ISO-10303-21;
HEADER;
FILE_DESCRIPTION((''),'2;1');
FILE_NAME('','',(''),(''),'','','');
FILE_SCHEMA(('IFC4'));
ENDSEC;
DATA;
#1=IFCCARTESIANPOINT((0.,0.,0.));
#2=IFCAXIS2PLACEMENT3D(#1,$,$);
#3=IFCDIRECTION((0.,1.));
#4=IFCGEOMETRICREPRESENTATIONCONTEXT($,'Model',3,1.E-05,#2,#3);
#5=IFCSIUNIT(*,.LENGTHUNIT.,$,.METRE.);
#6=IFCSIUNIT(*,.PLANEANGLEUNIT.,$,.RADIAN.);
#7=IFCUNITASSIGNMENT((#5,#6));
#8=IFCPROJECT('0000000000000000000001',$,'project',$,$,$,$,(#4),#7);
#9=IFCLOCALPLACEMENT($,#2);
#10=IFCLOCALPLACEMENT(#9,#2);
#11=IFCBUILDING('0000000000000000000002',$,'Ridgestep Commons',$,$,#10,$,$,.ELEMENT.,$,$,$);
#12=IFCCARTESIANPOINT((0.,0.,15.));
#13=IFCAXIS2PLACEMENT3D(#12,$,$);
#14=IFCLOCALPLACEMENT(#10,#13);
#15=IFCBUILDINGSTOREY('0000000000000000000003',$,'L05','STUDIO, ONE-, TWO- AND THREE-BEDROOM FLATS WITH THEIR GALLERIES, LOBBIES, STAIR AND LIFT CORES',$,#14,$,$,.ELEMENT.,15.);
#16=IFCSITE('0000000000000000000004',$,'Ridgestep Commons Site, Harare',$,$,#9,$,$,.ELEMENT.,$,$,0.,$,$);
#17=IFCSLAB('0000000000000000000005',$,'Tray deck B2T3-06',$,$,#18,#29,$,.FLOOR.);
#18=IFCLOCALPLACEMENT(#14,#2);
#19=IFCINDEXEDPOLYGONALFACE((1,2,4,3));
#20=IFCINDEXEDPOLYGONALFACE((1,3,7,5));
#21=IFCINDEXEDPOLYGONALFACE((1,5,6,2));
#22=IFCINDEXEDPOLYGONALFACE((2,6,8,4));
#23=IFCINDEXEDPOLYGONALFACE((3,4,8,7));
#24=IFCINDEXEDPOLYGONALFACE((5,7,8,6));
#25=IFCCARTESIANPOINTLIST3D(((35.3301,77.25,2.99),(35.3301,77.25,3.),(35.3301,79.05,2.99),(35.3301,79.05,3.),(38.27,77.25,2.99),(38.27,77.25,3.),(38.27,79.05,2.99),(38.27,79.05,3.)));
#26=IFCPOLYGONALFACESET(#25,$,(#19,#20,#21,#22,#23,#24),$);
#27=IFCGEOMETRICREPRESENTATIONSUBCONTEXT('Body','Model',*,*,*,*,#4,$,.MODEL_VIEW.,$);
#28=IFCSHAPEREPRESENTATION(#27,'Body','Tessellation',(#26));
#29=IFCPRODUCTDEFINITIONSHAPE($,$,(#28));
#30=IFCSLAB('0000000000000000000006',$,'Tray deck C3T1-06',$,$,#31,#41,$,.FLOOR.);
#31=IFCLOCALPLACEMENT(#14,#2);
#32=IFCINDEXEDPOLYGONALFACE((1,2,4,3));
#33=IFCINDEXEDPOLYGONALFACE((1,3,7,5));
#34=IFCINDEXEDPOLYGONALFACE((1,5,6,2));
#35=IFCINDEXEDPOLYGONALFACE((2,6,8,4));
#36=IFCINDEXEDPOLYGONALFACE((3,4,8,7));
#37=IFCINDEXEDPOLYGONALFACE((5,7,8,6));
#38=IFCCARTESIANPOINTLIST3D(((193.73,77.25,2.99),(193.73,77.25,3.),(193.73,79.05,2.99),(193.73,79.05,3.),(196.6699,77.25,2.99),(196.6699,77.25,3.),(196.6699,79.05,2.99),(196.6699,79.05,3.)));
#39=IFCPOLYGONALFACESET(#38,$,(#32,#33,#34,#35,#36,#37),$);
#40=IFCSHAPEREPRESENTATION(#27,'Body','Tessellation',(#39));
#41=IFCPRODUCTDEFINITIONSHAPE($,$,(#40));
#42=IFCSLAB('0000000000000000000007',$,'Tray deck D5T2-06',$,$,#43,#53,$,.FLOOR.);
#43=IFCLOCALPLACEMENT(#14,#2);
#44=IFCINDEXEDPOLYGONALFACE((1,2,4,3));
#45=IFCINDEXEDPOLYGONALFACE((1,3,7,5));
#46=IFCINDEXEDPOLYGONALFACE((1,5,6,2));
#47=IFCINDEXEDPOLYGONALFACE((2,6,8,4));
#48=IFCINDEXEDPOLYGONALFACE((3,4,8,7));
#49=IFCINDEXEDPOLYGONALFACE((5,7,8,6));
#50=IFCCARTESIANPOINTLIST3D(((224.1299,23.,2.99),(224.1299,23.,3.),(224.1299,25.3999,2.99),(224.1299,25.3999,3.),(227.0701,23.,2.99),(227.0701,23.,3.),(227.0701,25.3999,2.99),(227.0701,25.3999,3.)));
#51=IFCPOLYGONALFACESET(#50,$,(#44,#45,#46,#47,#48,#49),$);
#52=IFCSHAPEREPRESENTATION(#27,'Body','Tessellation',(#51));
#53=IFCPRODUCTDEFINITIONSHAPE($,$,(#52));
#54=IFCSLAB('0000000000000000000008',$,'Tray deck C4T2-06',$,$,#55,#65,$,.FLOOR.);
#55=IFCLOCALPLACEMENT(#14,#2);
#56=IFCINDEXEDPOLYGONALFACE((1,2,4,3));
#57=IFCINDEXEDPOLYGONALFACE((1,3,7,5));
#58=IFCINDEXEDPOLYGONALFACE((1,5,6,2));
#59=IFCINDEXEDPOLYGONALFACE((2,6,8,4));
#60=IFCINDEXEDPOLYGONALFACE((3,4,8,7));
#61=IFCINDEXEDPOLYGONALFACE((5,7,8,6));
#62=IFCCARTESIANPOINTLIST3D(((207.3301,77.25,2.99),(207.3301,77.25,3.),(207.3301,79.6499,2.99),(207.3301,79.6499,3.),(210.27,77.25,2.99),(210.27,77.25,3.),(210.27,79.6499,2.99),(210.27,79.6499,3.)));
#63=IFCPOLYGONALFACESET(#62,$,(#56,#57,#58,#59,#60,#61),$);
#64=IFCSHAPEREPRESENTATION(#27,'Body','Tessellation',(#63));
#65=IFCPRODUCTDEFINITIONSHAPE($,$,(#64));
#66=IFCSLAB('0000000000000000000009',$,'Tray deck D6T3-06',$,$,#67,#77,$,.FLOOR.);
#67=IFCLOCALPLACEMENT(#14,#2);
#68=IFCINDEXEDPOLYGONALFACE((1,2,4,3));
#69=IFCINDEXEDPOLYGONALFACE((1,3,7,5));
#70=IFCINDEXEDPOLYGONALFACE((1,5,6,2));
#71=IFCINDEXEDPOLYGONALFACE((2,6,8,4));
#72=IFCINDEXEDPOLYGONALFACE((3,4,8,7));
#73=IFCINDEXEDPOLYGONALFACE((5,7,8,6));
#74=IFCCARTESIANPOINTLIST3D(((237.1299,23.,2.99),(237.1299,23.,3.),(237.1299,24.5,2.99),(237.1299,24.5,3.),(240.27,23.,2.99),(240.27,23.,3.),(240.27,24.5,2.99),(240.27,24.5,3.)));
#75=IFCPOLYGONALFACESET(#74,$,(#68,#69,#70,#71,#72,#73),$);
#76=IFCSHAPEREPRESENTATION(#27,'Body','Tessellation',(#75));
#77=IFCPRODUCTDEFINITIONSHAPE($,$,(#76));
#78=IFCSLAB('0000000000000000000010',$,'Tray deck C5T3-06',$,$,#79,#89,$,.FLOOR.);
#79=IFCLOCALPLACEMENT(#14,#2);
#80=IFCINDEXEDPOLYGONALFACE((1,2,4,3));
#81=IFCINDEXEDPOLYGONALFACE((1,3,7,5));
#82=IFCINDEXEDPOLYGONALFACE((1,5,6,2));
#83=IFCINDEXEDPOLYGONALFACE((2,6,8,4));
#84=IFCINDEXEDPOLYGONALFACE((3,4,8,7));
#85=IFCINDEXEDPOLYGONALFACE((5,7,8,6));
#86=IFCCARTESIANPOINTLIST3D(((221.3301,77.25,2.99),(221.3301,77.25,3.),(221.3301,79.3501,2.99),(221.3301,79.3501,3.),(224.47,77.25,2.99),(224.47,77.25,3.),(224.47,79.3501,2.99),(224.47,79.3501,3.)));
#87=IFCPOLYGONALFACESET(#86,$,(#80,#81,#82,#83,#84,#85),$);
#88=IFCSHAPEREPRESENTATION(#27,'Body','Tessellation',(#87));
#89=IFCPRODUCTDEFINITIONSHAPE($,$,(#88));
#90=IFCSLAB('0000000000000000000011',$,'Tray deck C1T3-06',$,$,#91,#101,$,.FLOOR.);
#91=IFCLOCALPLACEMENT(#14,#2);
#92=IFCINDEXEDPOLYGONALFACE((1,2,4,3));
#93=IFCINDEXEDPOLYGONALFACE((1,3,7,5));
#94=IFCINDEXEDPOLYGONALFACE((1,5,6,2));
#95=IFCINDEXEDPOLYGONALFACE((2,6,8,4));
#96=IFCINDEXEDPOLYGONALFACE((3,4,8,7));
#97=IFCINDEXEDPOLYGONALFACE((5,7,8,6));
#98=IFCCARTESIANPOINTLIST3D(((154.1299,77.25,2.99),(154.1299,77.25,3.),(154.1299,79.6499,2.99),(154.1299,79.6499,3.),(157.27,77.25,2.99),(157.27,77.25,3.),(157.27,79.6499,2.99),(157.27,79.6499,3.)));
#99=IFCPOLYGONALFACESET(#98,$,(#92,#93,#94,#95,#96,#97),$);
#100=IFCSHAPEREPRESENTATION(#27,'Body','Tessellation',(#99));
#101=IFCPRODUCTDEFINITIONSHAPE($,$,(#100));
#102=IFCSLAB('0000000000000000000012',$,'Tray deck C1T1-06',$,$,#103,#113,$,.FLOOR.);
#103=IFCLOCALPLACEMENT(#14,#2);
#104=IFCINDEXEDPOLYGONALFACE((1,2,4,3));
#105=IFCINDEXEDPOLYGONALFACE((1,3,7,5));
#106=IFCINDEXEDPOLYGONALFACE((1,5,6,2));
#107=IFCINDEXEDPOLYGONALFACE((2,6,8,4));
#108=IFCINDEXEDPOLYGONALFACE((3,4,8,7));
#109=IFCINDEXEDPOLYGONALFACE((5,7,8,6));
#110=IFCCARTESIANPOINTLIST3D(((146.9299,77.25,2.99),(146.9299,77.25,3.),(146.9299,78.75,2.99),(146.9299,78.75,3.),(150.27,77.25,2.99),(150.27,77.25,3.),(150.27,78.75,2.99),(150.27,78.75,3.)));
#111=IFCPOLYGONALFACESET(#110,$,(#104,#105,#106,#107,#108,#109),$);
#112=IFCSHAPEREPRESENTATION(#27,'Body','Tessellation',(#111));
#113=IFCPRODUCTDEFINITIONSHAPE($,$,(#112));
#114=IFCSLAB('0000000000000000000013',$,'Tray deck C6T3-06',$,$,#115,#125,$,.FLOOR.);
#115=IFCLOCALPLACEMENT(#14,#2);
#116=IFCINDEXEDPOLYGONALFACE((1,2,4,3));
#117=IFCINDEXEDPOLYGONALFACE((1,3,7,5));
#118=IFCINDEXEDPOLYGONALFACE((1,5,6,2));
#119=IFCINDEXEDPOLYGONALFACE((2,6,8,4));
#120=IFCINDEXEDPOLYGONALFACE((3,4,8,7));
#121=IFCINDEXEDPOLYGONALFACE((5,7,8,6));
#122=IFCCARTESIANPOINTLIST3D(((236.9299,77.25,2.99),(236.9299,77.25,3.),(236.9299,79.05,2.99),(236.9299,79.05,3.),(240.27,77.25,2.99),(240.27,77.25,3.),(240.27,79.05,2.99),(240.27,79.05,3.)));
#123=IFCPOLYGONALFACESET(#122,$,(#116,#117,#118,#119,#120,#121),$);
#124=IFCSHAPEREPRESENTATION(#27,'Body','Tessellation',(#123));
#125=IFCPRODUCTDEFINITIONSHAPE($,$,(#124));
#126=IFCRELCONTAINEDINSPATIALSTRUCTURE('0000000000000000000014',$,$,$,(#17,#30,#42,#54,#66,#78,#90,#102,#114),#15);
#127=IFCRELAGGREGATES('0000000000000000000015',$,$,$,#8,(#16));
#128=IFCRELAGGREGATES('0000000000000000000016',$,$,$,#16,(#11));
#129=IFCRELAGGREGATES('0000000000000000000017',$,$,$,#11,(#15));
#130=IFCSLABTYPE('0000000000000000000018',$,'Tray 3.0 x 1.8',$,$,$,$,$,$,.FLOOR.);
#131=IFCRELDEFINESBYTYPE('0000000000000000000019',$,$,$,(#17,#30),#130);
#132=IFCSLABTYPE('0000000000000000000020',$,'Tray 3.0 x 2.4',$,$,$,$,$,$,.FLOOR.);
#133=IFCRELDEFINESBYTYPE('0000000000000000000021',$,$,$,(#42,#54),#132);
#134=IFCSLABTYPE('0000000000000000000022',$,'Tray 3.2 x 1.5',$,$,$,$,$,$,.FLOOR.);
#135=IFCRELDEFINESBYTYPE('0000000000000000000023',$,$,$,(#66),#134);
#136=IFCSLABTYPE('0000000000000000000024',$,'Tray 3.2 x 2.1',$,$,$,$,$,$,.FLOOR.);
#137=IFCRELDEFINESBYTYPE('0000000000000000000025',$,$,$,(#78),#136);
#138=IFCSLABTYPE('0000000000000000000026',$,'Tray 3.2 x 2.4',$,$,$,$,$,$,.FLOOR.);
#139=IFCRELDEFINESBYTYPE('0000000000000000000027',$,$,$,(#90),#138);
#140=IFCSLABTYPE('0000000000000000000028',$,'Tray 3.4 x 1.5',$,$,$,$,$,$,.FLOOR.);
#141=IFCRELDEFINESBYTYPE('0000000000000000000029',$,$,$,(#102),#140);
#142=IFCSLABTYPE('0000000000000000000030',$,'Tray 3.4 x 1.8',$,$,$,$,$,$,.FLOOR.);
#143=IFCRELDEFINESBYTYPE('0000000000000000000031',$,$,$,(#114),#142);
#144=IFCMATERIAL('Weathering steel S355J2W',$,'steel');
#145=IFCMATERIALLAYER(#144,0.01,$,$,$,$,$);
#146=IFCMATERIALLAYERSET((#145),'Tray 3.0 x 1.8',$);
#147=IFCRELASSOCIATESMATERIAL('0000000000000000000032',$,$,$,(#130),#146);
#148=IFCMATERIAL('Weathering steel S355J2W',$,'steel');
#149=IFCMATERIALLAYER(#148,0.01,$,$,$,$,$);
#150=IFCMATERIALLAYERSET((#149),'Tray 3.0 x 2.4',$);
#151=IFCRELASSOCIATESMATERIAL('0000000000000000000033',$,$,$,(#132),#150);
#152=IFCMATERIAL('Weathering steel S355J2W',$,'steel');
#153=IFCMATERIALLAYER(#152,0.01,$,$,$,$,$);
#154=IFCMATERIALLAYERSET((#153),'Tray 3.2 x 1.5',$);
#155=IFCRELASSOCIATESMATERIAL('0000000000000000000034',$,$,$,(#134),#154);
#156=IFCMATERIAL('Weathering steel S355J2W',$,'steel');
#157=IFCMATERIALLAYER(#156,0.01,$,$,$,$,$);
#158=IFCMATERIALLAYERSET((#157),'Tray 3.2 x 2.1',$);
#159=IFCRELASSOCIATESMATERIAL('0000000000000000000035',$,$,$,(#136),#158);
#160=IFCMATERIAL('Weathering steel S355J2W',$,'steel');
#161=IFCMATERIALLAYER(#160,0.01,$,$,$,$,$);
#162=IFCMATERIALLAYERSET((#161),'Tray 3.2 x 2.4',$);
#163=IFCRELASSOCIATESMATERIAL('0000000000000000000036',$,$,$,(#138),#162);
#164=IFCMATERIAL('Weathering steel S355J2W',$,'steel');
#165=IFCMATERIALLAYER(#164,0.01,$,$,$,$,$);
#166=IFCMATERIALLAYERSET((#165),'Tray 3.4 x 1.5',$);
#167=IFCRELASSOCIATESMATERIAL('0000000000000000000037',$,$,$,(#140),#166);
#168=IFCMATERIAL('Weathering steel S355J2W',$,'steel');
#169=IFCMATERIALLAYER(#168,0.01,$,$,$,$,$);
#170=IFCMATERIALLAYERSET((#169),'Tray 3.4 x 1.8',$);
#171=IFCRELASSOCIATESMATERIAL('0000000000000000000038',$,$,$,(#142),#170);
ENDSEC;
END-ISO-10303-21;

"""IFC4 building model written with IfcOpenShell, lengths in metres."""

from ifc_helpers import new_model, si_unit, direction, frame, origin, place, context, subcontext, project, spatial, polyline, outline, extrude, material, layer, layer_set, type_object, element, save


model = new_model("IFC4")

# Units and contexts
model_context = context("Model", 3, precision=1e-05, world=origin(), true_north=direction((0.0, 1.0)))
body_context = subcontext(model_context, "Body", "Model", "MODEL_VIEW")
ifc_project = project(units=[si_unit("LENGTHUNIT", "METRE"), si_unit("PLANEANGLEUNIT", "RADIAN")], contexts=[model_context])

# Site, building, storey
site_placement = place(None, origin())
site = spatial("IfcSite", under=ifc_project, at=site_placement, Name="Ridgestep Commons Site, Harare", CompositionType="ELEMENT", RefElevation=0.0)
building_placement = place(site_placement, origin())
building = spatial("IfcBuilding", under=site, at=building_placement, Name="Ridgestep Commons", CompositionType="ELEMENT")
storey_placement = place(building_placement, frame((0.0, 0.0, 15.0)))
storey = spatial("IfcBuildingStorey", under=building, at=storey_placement, Name="L05", Description="STUDIO, ONE-, TWO- AND THREE-BEDROOM FLATS WITH THEIR GALLERIES, LOBBIES, STAIR AND LIFT CORES", CompositionType="ELEMENT", Elevation=15.0)

# Slabs
ifc_material_1 = material(Name="Weathering steel S355J2W", Category="steel")
ifc_layer_1 = layer(ifc_material_1, 0.01)
ifc_layer_set_1 = layer_set([ifc_layer_1], Name="Tray 3.0 x 1.8")
slab_type_1 = type_object("IfcSlabType", Name="Tray 3.0 x 1.8", PredefinedType="FLOOR", material=ifc_layer_set_1)
slab_1_placement = place(storey_placement, frame((0.0, 0.0, 2.99)))
element("IfcSlab", 1, at=slab_1_placement, inside=storey, type_object=slab_type_1, Name="Tray deck B2T3-06", PredefinedType="FLOOR", context=body_context, shape_type="SweptSolid", body=[
    extrude(outline(polyline([(35.3301, 77.25), (38.27, 77.25), (38.27, 79.05), (35.3301, 79.05), (35.3301, 77.25)])), origin(), (0.0, 0.0, 1.0), 0.01),
])
slab_2_placement = place(storey_placement, frame((0.0, 0.0, 2.99)))
element("IfcSlab", 2, at=slab_2_placement, inside=storey, type_object=slab_type_1, Name="Tray deck C3T1-06", PredefinedType="FLOOR", context=body_context, shape_type="SweptSolid", body=[
    extrude(outline(polyline([(193.73, 77.25), (196.6699, 77.25), (196.6699, 79.05), (193.73, 79.05), (193.73, 77.25)])), origin(), (0.0, 0.0, 1.0), 0.01),
])
ifc_material_2 = material(Name="Weathering steel S355J2W", Category="steel")
ifc_layer_2 = layer(ifc_material_2, 0.01)
ifc_layer_set_2 = layer_set([ifc_layer_2], Name="Tray 3.0 x 2.4")
slab_type_2 = type_object("IfcSlabType", Name="Tray 3.0 x 2.4", PredefinedType="FLOOR", material=ifc_layer_set_2)
slab_3_placement = place(storey_placement, frame((0.0, 0.0, 2.99)))
element("IfcSlab", 3, at=slab_3_placement, inside=storey, type_object=slab_type_2, Name="Tray deck D5T2-06", PredefinedType="FLOOR", context=body_context, shape_type="SweptSolid", body=[
    extrude(outline(polyline([(224.1299, 23.0), (227.0701, 23.0), (227.0701, 25.3999), (224.1299, 25.3999), (224.1299, 23.0)])), origin(), (0.0, 0.0, 1.0), 0.01),
])
slab_4_placement = place(storey_placement, frame((0.0, 0.0, 2.99)))
element("IfcSlab", 4, at=slab_4_placement, inside=storey, type_object=slab_type_2, Name="Tray deck C4T2-06", PredefinedType="FLOOR", context=body_context, shape_type="SweptSolid", body=[
    extrude(outline(polyline([(207.3301, 77.25), (210.27, 77.25), (210.27, 79.6499), (207.3301, 79.6499), (207.3301, 77.25)])), origin(), (0.0, 0.0, 1.0), 0.01),
])
ifc_material_3 = material(Name="Weathering steel S355J2W", Category="steel")
ifc_layer_3 = layer(ifc_material_3, 0.01)
ifc_layer_set_3 = layer_set([ifc_layer_3], Name="Tray 3.2 x 1.5")
slab_type_3 = type_object("IfcSlabType", Name="Tray 3.2 x 1.5", PredefinedType="FLOOR", material=ifc_layer_set_3)
slab_5_placement = place(storey_placement, frame((0.0, 0.0, 2.99)))
element("IfcSlab", 5, at=slab_5_placement, inside=storey, type_object=slab_type_3, Name="Tray deck D6T3-06", PredefinedType="FLOOR", context=body_context, shape_type="SweptSolid", body=[
    extrude(outline(polyline([(237.1299, 23.0), (240.27, 23.0), (240.27, 24.5), (237.1299, 24.5), (237.1299, 23.0)])), origin(), (0.0, 0.0, 1.0), 0.01),
])
ifc_material_4 = material(Name="Weathering steel S355J2W", Category="steel")
ifc_layer_4 = layer(ifc_material_4, 0.01)
ifc_layer_set_4 = layer_set([ifc_layer_4], Name="Tray 3.2 x 2.1")
slab_type_4 = type_object("IfcSlabType", Name="Tray 3.2 x 2.1", PredefinedType="FLOOR", material=ifc_layer_set_4)
slab_6_placement = place(storey_placement, frame((0.0, 0.0, 2.99)))
element("IfcSlab", 6, at=slab_6_placement, inside=storey, type_object=slab_type_4, Name="Tray deck C5T3-06", PredefinedType="FLOOR", context=body_context, shape_type="SweptSolid", body=[
    extrude(outline(polyline([(221.3301, 77.25), (224.47, 77.25), (224.47, 79.3501), (221.3301, 79.3501), (221.3301, 77.25)])), origin(), (0.0, 0.0, 1.0), 0.01),
])
ifc_material_5 = material(Name="Weathering steel S355J2W", Category="steel")
ifc_layer_5 = layer(ifc_material_5, 0.01)
ifc_layer_set_5 = layer_set([ifc_layer_5], Name="Tray 3.2 x 2.4")
slab_type_5 = type_object("IfcSlabType", Name="Tray 3.2 x 2.4", PredefinedType="FLOOR", material=ifc_layer_set_5)
slab_7_placement = place(storey_placement, frame((0.0, 0.0, 2.99)))
element("IfcSlab", 7, at=slab_7_placement, inside=storey, type_object=slab_type_5, Name="Tray deck C1T3-06", PredefinedType="FLOOR", context=body_context, shape_type="SweptSolid", body=[
    extrude(outline(polyline([(154.1299, 77.25), (157.27, 77.25), (157.27, 79.6499), (154.1299, 79.6499), (154.1299, 77.25)])), origin(), (0.0, 0.0, 1.0), 0.01),
])
ifc_material_6 = material(Name="Weathering steel S355J2W", Category="steel")
ifc_layer_6 = layer(ifc_material_6, 0.01)
ifc_layer_set_6 = layer_set([ifc_layer_6], Name="Tray 3.4 x 1.5")
slab_type_6 = type_object("IfcSlabType", Name="Tray 3.4 x 1.5", PredefinedType="FLOOR", material=ifc_layer_set_6)
slab_8_placement = place(storey_placement, frame((0.0, 0.0, 2.99)))
element("IfcSlab", 8, at=slab_8_placement, inside=storey, type_object=slab_type_6, Name="Tray deck C1T1-06", PredefinedType="FLOOR", context=body_context, shape_type="SweptSolid", body=[
    extrude(outline(polyline([(146.9299, 77.25), (150.27, 77.25), (150.27, 78.75), (146.9299, 78.75), (146.9299, 77.25)])), origin(), (0.0, 0.0, 1.0), 0.01),
])
ifc_material_7 = material(Name="Weathering steel S355J2W", Category="steel")
ifc_layer_7 = layer(ifc_material_7, 0.01)
ifc_layer_set_7 = layer_set([ifc_layer_7], Name="Tray 3.4 x 1.8")
slab_type_7 = type_object("IfcSlabType", Name="Tray 3.4 x 1.8", PredefinedType="FLOOR", material=ifc_layer_set_7)
slab_9_placement = place(storey_placement, frame((0.0, 0.0, 2.99)))
element("IfcSlab", 9, at=slab_9_placement, inside=storey, type_object=slab_type_7, Name="Tray deck C6T3-06", PredefinedType="FLOOR", context=body_context, shape_type="SweptSolid", body=[
    extrude(outline(polyline([(236.9299, 77.25), (240.27, 77.25), (240.27, 79.05), (236.9299, 79.05), (236.9299, 77.25)])), origin(), (0.0, 0.0, 1.0), 0.01),
])

save(model, "model.ifc")
